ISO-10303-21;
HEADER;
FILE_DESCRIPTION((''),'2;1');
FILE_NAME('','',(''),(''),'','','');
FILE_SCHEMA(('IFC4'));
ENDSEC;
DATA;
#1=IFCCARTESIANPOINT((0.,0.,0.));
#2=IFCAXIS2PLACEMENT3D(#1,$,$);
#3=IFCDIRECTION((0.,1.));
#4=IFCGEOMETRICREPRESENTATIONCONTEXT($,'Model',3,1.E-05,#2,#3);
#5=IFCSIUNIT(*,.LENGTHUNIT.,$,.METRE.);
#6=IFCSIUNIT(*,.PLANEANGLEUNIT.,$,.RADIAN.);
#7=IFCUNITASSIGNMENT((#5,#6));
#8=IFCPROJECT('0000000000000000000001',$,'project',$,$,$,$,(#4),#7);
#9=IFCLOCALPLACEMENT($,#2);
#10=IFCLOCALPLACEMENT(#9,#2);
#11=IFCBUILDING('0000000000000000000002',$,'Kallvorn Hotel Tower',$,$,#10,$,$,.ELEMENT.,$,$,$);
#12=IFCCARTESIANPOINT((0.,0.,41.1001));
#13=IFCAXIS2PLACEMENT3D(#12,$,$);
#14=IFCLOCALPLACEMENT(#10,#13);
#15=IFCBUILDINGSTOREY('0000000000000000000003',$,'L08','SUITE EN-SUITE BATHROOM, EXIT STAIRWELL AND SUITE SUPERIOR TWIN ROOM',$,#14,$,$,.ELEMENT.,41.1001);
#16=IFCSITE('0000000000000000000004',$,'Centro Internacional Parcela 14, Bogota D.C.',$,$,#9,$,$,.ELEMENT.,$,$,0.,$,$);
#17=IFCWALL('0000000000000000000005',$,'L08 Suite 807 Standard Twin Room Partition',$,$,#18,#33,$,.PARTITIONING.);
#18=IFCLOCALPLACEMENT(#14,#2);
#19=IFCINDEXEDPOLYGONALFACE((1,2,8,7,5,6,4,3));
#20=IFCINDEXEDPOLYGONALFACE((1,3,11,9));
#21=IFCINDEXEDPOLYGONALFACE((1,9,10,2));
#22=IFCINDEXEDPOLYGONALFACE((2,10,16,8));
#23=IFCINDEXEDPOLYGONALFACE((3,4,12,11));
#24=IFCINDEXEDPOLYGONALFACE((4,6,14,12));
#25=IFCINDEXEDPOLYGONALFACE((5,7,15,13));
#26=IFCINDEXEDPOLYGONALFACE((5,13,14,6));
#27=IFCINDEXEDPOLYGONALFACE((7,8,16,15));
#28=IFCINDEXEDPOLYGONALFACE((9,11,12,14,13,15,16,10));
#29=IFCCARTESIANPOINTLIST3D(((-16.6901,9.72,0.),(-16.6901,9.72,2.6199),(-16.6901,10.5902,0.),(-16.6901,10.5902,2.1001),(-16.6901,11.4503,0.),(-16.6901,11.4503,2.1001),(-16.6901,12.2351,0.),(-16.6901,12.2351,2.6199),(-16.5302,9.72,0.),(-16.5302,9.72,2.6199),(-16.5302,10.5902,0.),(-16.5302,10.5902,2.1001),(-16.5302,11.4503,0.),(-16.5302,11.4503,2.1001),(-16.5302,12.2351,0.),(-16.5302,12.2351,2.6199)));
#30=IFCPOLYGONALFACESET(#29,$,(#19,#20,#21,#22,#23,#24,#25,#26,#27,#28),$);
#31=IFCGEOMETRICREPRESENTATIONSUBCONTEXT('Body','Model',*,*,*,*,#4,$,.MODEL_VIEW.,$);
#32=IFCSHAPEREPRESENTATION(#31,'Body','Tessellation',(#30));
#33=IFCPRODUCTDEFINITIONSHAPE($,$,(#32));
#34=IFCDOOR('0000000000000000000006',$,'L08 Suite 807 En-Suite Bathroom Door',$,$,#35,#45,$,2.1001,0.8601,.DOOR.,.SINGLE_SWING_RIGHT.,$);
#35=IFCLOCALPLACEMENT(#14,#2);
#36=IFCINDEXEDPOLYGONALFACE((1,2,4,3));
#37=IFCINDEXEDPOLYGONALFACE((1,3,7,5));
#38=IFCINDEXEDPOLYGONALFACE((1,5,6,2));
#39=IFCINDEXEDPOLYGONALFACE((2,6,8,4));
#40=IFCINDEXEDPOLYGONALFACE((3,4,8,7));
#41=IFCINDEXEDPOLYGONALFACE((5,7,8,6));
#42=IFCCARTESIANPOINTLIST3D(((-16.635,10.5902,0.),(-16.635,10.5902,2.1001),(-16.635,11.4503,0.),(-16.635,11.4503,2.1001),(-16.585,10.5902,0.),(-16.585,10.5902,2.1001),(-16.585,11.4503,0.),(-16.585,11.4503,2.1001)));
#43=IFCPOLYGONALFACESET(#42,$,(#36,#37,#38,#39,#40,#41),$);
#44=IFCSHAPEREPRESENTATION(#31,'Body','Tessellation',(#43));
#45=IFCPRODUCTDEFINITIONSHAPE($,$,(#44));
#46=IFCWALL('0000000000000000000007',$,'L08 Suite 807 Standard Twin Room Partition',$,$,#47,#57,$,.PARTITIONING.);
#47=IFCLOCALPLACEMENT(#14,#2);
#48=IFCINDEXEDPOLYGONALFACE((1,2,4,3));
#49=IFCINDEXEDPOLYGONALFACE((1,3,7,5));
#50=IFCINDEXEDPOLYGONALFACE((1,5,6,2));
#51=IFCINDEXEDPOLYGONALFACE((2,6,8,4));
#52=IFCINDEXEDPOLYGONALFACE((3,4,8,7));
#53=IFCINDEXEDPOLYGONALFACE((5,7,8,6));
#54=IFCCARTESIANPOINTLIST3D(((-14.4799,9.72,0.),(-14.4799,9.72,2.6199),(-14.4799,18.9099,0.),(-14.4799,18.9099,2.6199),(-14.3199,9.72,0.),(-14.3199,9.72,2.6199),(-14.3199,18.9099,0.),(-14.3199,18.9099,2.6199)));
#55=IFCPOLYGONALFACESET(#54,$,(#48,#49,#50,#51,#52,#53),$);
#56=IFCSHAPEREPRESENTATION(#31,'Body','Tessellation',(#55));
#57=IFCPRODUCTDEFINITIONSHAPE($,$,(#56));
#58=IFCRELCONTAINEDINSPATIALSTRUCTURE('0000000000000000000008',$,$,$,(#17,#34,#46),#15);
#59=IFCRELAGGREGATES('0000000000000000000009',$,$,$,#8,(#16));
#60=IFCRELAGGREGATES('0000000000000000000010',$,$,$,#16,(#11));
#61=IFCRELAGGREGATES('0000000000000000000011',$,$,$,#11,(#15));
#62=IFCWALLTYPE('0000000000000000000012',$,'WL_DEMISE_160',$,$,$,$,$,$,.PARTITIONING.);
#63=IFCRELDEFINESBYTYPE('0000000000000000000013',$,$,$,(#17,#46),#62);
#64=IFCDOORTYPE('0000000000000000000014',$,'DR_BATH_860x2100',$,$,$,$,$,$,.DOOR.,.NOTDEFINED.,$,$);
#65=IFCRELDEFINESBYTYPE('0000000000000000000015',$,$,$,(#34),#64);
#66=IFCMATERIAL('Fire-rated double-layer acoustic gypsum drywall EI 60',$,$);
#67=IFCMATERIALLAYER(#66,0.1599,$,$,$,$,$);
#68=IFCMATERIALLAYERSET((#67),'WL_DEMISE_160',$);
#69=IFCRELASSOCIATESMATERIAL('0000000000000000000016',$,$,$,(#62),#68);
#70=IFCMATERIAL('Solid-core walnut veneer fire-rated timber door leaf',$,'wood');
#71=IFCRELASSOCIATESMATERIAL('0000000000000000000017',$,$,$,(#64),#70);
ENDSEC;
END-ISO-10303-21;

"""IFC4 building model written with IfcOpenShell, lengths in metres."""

from ifc_helpers import new_model, si_unit, direction, frame, frame_2d, origin, place, context, subcontext, project, spatial, rectangle, extrude, material, layer, layer_set, type_object, element, fill, save


model = new_model("IFC4")

# Units and contexts
model_context = context("Model", 3, precision=1e-05, world=origin(), true_north=direction((0.0, 1.0)))
body_context = subcontext(model_context, "Body", "Model", "MODEL_VIEW")
ifc_project = project(units=[si_unit("LENGTHUNIT", "METRE"), si_unit("PLANEANGLEUNIT", "RADIAN")], contexts=[model_context])

# Site, building, storey
site_placement = place(None, origin())
site = spatial("IfcSite", under=ifc_project, at=site_placement, Name="Centro Internacional Parcela 14, Bogota D.C.", CompositionType="ELEMENT", RefElevation=0.0)
building_placement = place(site_placement, origin())
building = spatial("IfcBuilding", under=site, at=building_placement, Name="Kallvorn Hotel Tower", CompositionType="ELEMENT")
storey_placement = place(building_placement, frame((0.0, 0.0, 41.1001)))
storey = spatial("IfcBuildingStorey", under=building, at=storey_placement, Name="L08", Description="SUITE EN-SUITE BATHROOM, EXIT STAIRWELL AND SUITE SUPERIOR TWIN ROOM", CompositionType="ELEMENT", Elevation=41.1001)

# Shared definitions
ifc_material_1 = material(Name="Fire-rated double-layer acoustic gypsum drywall EI 60")
ifc_layer_1 = layer(ifc_material_1, 0.1599)
ifc_layer_set_1 = layer_set([ifc_layer_1], Name="WL_DEMISE_160")
wall_type = type_object("IfcWallType", Name="WL_DEMISE_160", PredefinedType="PARTITIONING", material=ifc_layer_set_1)

# Wall, opening, door
wall_1_placement = place(storey_placement, frame((-16.6101, 9.72, 0.0), z_axis=(0.0, 0.0, 1.0), x_axis=(0.0, 1.0, 0.0)))
wall_1 = element("IfcWall", 1, at=wall_1_placement, inside=storey, type_object=wall_type, Name="L08 Suite 807 Standard Twin Room Partition", PredefinedType="PARTITIONING", context=body_context, shape_type="SweptSolid", body=[
    extrude(rectangle(XDim=2.5151, YDim=0.1599, at=frame_2d((1.2576, 0.0))), origin(), (0.0, 0.0, 1.0), 2.6199),
])
opening_placement = place(wall_1_placement, frame((0.8701, 0.0, 0.0)))
opening = element("IfcOpeningElement", 2, at=opening_placement, cuts=wall_1, PredefinedType="OPENING", context=body_context, shape_type="SweptSolid", body=[
    extrude(rectangle(XDim=0.8601, YDim=2.1001, at=frame_2d((0.4302, 1.05))), frame((0.0, 0.095, 0.0), z_axis=(0.0, -1.0, 0.0), x_axis=(1.0, 0.0, 0.0)), (0.0, 0.0, 1.0), 0.1899),
])
ifc_material_2 = material(Name="Solid-core walnut veneer fire-rated timber door leaf", Category="wood")
door_type = type_object("IfcDoorType", Name="DR_BATH_860x2100", OperationType="NOTDEFINED", PredefinedType="DOOR", material=ifc_material_2)
door_placement = place(opening_placement, origin())
door = element("IfcDoor", 3, at=door_placement, inside=storey, type_object=door_type, Name="L08 Suite 807 En-Suite Bathroom Door", OperationType="SINGLE_SWING_RIGHT", OverallHeight=2.1001, OverallWidth=0.8601, PredefinedType="DOOR", context=body_context, shape_type="SweptSolid", body=[
    extrude(rectangle(XDim=0.8601, YDim=2.1001, at=frame_2d((0.4302, 1.05))), frame((0.0, 0.0249, 0.0), z_axis=(0.0, -1.0, 0.0), x_axis=(1.0, 0.0, 0.0)), (0.0, 0.0, 1.0), 0.05),
])
fill(opening, door)

# Wall
wall_2_placement = place(storey_placement, frame((-14.3999, 9.72, 0.0), z_axis=(0.0, 0.0, 1.0), x_axis=(0.0, 1.0, 0.0)))
element("IfcWall", 4, at=wall_2_placement, inside=storey, type_object=wall_type, Name="L08 Suite 807 Standard Twin Room Partition", PredefinedType="PARTITIONING", context=body_context, shape_type="SweptSolid", body=[
    extrude(rectangle(XDim=9.1899, YDim=0.1599, at=frame_2d((4.595, 0.0))), origin(), (0.0, 0.0, 1.0), 2.6199),
])

save(model, "model.ifc")
